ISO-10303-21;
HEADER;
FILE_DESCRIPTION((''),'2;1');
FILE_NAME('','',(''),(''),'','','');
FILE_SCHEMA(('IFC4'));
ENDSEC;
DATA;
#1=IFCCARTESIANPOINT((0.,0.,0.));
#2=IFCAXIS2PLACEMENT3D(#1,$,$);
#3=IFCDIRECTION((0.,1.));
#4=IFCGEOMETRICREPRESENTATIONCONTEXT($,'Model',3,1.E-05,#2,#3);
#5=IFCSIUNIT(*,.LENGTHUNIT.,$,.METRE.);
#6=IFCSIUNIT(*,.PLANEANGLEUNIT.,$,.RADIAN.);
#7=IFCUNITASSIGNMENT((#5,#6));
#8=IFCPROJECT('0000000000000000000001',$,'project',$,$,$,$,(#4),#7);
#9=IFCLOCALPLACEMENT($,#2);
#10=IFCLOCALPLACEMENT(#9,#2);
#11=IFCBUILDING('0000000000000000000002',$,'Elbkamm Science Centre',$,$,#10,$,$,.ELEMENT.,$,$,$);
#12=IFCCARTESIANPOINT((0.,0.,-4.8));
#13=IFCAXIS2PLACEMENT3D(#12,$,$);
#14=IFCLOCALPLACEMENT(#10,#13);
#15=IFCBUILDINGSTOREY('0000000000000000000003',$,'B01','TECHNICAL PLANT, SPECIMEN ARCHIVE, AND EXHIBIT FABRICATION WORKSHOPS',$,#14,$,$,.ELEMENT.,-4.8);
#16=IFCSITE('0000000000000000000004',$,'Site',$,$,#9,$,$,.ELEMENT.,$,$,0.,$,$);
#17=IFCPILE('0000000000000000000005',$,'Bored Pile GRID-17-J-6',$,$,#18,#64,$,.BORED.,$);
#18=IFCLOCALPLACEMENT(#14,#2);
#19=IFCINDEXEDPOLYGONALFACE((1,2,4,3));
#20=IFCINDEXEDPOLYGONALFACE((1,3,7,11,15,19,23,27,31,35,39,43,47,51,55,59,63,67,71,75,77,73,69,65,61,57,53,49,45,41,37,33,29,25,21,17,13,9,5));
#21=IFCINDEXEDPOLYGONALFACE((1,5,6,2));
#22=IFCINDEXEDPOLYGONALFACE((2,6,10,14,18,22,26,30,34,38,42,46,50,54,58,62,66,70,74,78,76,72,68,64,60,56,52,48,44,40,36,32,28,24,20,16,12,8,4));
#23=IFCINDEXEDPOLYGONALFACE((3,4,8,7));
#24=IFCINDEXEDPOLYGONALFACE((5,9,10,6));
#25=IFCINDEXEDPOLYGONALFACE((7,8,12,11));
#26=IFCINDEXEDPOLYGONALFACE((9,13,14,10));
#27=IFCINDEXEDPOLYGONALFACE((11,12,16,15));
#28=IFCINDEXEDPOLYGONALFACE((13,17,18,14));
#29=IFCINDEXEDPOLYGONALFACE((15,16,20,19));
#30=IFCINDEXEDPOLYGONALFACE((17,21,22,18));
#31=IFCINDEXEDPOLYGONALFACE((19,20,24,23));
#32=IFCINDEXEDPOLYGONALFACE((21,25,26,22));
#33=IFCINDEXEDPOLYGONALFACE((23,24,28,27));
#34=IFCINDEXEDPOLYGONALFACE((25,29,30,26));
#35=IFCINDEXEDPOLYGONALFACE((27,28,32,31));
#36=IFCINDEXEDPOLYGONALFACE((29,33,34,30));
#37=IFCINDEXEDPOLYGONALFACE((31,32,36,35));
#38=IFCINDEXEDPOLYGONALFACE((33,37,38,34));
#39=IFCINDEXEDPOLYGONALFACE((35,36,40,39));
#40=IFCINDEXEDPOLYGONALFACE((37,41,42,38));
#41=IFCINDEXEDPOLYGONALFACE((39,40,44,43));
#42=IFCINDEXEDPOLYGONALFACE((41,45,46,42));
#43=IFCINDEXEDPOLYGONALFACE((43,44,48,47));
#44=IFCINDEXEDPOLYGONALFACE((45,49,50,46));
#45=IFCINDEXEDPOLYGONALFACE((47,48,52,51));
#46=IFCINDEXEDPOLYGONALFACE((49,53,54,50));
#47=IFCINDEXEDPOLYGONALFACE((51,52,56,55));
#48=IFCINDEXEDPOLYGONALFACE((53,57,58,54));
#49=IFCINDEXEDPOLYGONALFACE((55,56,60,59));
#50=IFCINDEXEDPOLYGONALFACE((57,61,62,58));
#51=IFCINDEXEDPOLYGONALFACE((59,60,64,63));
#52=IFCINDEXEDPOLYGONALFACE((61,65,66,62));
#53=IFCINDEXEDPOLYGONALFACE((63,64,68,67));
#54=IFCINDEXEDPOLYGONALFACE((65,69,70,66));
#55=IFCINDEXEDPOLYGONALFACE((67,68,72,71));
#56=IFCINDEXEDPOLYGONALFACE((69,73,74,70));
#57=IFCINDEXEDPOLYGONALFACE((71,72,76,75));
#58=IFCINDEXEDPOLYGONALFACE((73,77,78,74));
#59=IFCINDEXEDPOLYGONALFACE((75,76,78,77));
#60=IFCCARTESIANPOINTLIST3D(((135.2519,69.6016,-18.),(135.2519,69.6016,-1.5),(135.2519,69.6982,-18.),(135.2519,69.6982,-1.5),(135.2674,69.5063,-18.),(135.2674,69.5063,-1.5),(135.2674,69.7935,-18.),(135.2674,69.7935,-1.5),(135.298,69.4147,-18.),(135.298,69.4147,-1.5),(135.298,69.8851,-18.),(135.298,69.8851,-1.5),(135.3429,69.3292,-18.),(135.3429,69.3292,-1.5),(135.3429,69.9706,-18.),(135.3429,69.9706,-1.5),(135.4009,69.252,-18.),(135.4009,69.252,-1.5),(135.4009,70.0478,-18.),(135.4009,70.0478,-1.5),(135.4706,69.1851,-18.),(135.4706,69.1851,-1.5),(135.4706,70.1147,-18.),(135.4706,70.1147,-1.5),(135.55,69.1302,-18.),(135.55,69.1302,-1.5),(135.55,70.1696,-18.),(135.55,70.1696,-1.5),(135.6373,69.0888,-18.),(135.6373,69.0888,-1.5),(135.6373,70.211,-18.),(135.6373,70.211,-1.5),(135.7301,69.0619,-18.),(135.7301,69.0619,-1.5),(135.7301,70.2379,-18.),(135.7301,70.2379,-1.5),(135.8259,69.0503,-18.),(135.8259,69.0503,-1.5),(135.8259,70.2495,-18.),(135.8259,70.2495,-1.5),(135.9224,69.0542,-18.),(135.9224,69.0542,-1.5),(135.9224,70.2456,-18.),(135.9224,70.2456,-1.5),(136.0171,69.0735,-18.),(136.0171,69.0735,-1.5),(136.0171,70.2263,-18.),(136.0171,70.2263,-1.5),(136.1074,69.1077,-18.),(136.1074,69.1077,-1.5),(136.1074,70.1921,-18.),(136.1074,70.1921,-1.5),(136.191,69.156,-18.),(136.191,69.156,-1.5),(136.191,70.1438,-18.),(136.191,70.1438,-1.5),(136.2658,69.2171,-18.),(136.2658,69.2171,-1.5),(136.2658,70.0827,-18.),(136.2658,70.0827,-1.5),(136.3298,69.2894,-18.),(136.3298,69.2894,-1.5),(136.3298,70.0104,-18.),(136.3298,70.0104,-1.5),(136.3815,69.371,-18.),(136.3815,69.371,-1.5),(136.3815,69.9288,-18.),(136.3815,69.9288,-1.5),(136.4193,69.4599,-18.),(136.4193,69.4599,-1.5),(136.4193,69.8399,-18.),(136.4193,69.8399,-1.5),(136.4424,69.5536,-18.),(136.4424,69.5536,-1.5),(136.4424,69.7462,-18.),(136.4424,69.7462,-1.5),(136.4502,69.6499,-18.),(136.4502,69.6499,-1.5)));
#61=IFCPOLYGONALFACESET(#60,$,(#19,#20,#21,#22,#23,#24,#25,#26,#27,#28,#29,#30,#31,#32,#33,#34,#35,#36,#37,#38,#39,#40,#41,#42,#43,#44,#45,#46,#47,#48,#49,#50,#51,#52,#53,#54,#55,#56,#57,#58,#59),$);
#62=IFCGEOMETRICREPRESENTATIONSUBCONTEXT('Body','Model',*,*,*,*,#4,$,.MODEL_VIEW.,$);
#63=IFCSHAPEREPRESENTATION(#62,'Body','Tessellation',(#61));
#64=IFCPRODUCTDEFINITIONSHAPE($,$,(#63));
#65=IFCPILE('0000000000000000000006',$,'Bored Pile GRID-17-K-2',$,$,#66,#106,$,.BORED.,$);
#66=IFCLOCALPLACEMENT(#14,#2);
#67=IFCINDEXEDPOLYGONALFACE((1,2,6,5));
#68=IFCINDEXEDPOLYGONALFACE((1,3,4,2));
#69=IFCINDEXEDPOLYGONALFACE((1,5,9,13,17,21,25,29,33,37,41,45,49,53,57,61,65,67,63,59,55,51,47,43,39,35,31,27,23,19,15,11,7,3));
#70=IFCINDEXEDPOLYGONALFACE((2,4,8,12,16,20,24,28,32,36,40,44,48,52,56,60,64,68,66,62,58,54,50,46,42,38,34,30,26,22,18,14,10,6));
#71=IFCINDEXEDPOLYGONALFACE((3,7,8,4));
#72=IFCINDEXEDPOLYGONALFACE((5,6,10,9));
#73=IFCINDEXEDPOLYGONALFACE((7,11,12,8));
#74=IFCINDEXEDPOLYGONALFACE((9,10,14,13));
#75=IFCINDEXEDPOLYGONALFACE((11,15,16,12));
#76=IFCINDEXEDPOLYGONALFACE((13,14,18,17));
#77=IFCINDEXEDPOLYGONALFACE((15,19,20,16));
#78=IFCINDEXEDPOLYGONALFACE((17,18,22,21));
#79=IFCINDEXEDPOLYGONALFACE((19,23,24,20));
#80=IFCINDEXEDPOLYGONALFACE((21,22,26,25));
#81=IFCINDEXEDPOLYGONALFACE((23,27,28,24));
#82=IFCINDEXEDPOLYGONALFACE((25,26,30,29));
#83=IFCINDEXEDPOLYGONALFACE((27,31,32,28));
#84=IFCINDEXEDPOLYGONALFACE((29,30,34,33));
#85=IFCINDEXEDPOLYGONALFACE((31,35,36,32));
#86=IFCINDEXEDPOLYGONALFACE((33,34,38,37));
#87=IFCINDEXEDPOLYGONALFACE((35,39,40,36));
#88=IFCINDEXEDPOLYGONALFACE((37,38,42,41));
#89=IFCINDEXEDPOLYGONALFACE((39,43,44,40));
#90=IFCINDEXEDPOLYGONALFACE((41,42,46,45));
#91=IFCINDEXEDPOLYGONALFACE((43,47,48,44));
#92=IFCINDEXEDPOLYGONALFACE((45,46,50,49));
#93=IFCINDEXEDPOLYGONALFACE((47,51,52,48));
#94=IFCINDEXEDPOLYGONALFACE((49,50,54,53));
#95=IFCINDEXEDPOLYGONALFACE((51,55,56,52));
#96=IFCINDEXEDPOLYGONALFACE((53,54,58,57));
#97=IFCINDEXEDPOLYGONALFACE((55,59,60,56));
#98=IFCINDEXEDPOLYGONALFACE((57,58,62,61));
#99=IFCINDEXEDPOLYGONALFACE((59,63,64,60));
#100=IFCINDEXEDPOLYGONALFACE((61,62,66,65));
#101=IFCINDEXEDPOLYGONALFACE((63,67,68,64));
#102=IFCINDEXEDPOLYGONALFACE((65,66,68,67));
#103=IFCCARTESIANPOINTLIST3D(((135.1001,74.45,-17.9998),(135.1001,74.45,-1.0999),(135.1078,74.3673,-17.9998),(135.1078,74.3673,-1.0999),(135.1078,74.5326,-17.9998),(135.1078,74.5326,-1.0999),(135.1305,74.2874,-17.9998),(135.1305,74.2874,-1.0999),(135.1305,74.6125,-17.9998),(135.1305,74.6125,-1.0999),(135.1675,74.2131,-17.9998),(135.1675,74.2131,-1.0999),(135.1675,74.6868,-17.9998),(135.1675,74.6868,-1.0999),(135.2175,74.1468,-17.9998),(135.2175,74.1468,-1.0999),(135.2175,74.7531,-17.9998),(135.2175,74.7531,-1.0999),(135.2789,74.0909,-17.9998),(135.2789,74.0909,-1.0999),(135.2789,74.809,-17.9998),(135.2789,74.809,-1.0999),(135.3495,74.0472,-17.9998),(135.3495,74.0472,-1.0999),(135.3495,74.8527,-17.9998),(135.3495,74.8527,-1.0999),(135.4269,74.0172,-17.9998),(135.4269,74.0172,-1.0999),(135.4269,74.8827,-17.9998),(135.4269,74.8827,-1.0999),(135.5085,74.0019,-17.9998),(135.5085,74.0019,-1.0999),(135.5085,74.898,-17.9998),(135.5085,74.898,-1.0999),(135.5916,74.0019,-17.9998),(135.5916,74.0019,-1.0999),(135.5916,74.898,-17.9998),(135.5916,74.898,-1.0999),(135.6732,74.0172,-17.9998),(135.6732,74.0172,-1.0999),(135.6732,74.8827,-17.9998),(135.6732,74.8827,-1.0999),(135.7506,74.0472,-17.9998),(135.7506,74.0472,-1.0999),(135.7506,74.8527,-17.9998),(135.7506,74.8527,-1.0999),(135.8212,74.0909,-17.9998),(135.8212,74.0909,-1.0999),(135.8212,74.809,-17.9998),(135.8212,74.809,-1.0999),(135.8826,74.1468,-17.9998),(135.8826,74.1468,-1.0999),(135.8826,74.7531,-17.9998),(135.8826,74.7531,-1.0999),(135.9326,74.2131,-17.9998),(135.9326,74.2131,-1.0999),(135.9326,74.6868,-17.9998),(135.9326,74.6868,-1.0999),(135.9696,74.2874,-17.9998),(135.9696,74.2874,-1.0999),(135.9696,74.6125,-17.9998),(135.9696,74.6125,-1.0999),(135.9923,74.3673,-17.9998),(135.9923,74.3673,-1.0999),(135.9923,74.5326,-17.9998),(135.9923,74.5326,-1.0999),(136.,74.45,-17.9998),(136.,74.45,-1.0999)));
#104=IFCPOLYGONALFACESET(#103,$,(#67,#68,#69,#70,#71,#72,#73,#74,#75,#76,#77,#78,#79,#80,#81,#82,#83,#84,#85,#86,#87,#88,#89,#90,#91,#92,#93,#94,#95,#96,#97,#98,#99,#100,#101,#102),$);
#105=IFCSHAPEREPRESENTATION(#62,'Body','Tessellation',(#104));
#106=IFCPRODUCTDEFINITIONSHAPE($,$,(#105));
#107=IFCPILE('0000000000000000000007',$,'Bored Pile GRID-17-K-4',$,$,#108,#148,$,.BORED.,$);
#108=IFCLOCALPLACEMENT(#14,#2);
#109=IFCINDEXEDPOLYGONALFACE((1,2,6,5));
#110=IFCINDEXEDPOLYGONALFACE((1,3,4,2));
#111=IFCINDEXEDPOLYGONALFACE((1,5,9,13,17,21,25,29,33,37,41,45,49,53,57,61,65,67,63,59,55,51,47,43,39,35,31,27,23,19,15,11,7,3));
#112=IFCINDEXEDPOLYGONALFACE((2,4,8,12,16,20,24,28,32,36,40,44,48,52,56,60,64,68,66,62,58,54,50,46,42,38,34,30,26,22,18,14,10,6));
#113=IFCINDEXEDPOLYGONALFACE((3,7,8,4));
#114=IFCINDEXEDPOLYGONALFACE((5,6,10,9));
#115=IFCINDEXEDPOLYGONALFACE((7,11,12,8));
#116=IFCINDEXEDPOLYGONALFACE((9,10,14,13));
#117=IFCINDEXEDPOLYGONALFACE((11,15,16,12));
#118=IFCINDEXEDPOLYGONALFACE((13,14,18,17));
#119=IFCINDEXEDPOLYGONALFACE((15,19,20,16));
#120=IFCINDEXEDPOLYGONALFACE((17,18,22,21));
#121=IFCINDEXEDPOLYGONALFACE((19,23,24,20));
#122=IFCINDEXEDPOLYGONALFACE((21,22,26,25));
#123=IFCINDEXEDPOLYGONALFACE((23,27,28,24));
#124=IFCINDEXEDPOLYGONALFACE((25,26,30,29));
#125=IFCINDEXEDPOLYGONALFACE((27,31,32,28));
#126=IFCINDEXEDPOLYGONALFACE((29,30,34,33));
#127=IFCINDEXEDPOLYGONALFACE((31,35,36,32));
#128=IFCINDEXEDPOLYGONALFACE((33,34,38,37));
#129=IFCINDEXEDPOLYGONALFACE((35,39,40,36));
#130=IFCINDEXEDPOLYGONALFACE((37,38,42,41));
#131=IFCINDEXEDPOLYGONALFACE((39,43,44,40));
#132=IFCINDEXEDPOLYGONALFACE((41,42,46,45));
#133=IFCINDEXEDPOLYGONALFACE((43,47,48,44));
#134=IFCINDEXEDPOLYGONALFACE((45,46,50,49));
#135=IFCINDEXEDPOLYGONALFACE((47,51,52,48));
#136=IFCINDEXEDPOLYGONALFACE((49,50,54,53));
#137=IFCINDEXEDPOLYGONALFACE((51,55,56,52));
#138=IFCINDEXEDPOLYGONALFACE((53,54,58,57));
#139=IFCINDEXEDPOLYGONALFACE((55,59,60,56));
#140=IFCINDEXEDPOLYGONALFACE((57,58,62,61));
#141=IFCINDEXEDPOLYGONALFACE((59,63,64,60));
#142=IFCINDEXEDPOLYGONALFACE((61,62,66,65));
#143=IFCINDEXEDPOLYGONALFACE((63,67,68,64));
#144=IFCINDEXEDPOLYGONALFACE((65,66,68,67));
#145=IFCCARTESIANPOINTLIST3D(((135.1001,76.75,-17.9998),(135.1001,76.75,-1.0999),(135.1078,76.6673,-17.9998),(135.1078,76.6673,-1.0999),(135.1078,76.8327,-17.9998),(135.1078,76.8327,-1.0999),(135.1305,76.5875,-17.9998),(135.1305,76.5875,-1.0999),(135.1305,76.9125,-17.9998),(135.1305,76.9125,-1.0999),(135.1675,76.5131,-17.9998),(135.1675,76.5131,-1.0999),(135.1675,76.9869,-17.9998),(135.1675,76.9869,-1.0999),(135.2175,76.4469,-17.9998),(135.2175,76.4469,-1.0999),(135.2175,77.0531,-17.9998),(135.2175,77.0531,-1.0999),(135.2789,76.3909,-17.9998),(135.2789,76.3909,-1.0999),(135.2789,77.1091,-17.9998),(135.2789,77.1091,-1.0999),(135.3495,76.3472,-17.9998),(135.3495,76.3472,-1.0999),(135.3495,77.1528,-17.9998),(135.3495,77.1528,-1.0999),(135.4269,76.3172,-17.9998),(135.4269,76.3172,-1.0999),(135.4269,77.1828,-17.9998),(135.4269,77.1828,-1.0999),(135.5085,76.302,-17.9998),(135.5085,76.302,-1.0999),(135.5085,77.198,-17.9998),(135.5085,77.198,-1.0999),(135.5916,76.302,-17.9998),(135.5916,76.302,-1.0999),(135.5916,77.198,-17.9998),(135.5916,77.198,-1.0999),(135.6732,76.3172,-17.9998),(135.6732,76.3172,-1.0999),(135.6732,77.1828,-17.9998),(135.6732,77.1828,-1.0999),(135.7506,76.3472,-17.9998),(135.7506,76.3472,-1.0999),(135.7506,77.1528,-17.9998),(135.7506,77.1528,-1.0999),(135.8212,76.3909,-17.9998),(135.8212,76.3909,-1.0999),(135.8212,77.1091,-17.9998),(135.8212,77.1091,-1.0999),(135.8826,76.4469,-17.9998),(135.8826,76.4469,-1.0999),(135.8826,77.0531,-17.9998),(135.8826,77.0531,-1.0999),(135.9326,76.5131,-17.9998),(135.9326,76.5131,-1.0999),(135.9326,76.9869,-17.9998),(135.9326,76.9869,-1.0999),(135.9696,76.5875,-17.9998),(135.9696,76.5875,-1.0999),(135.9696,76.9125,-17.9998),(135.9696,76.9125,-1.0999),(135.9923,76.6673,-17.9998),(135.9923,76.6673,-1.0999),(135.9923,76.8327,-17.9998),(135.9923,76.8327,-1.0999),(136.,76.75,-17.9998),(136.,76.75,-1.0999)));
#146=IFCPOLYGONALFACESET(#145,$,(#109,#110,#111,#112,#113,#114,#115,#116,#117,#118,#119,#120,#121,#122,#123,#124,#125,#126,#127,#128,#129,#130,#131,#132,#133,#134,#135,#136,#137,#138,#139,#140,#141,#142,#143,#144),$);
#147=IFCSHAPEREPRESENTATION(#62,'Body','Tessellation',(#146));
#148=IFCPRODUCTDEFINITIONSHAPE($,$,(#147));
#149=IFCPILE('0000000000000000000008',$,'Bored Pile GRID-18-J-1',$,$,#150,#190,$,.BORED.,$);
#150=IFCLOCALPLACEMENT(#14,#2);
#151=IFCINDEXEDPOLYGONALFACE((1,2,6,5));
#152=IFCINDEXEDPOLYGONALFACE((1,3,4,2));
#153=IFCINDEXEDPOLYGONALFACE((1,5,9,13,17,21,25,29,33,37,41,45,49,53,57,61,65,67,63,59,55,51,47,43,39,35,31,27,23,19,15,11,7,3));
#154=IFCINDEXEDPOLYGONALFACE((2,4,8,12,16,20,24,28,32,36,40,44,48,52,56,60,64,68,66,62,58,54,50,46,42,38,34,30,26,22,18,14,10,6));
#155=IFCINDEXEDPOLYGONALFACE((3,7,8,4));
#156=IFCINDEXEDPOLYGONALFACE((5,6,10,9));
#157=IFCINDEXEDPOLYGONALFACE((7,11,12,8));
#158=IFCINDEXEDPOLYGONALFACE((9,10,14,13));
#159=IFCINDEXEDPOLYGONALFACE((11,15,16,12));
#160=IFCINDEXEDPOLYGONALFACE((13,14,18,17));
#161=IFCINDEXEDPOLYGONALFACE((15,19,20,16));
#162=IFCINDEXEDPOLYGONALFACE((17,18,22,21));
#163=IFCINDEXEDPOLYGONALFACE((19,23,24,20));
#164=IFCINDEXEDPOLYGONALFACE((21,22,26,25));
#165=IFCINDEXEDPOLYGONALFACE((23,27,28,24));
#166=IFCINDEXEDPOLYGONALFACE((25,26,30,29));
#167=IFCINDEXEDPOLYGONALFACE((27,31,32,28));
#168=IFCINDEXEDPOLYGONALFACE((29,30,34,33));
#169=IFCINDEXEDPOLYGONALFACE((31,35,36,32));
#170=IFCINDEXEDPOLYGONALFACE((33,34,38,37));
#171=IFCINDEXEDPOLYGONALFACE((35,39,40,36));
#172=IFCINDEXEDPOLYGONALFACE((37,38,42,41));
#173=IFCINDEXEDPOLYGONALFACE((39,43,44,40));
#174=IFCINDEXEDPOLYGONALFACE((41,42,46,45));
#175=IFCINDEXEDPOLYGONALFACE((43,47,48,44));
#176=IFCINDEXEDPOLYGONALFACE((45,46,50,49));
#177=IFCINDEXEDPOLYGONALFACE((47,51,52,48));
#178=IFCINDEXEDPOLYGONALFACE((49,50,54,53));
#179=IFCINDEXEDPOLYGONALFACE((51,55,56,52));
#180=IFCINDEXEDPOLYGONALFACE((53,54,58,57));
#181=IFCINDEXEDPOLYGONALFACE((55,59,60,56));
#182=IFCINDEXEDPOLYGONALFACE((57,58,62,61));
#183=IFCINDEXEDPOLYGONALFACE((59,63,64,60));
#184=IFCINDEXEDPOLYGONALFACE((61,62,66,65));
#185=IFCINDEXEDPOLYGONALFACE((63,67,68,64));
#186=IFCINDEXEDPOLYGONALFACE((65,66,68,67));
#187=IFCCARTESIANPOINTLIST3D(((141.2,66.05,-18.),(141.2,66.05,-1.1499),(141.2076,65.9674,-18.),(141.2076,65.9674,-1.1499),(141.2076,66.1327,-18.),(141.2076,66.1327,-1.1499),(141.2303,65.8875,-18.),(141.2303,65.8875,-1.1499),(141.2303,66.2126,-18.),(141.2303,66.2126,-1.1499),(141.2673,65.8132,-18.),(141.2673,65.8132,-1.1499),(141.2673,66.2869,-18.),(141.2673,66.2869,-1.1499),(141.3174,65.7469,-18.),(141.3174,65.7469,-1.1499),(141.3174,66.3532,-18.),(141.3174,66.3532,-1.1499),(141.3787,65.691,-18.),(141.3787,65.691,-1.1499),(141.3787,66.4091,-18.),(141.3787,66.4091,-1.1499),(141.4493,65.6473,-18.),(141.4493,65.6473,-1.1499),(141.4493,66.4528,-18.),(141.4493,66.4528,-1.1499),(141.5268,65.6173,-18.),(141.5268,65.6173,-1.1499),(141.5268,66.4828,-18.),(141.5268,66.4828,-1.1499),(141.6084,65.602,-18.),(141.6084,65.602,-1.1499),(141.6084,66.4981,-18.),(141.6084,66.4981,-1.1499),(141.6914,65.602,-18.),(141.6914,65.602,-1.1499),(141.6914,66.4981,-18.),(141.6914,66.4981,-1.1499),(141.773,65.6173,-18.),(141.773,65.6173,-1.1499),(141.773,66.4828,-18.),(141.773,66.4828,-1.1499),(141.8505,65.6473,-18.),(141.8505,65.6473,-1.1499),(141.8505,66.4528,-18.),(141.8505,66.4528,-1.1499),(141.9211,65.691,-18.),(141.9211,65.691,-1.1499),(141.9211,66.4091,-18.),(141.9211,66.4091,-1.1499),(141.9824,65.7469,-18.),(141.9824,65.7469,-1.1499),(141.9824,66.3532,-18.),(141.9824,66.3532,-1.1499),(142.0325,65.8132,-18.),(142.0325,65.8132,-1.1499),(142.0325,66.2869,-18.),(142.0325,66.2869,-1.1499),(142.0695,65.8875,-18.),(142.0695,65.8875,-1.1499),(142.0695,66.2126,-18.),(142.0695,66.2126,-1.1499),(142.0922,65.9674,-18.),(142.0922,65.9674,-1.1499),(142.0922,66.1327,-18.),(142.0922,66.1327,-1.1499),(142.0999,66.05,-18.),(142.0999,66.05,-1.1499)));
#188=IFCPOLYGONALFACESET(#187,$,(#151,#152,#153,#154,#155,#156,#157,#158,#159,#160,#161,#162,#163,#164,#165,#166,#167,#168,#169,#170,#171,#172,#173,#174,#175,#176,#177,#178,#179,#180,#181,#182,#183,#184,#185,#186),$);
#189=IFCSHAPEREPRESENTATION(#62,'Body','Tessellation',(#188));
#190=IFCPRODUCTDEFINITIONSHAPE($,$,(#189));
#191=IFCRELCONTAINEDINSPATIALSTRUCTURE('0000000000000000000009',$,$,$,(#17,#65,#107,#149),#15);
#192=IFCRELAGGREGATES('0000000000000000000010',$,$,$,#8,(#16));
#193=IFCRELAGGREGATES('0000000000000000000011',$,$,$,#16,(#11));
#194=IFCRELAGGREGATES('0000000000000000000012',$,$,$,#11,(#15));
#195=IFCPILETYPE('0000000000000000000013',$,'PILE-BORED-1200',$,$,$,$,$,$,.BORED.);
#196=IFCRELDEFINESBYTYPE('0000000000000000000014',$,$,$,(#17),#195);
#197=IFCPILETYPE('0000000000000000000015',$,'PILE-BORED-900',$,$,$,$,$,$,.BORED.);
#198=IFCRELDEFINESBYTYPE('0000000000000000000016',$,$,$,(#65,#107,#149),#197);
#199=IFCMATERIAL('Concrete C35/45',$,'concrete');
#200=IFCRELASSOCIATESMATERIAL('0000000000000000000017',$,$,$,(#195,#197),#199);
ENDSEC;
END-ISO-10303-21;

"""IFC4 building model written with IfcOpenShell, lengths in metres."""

from ifc_helpers import new_model, si_unit, direction, frame, origin, origin_2d, place, context, subcontext, project, spatial, circle, extrude, material, material_profile, profile_set, type_object, element, save


model = new_model("IFC4")

# Units and contexts
model_context = context("Model", 3, precision=1e-05, world=origin(), true_north=direction((0.0, 1.0)))
body_context = subcontext(model_context, "Body", "Model", "MODEL_VIEW")
ifc_project = project(units=[si_unit("LENGTHUNIT", "METRE"), si_unit("PLANEANGLEUNIT", "RADIAN")], contexts=[model_context])

# Site, building, storey
site_placement = place(None, origin())
site = spatial("IfcSite", under=ifc_project, at=site_placement, Name="Site", CompositionType="ELEMENT", RefElevation=0.0)
building_placement = place(site_placement, origin())
building = spatial("IfcBuilding", under=site, at=building_placement, Name="Elbkamm Science Centre", CompositionType="ELEMENT")
storey_placement = place(building_placement, frame((0.0, 0.0, -4.8)))
storey = spatial("IfcBuildingStorey", under=building, at=storey_placement, Name="B01", Description="TECHNICAL PLANT, SPECIMEN ARCHIVE, AND EXHIBIT FABRICATION WORKSHOPS", CompositionType="ELEMENT", Elevation=-4.8)

# Shared definitions
ifc_material_1 = material(Name="Concrete C35/45", Category="concrete")

# Piles
ifc_material_profile_1 = material_profile(ifc_material_1, circle(Radius=0.6001, at=origin_2d()), Name="PILE D1200")
ifc_profile_set_1 = profile_set([ifc_material_profile_1], Name="Concrete C35/45")
pile_type_1 = type_object("IfcPileType", Name="PILE-BORED-1200", PredefinedType="BORED", material=ifc_profile_set_1)
for number, where, z_axis, x_axis, name in (
    (1, (135.8501, 69.6499, -1.5), (0.0, 0.0, -1.0), (1.0, 0.0, 0.0), "Bored Pile GRID-17-J-6"),
):
    element("IfcPile", number, at=place(storey_placement, frame(where, z_axis=z_axis, x_axis=x_axis)), inside=storey, type_object=pile_type_1, Name=name, PredefinedType="BORED", context=body_context, shape_type="SweptSolid", body=[
        extrude(circle(Radius=0.6001, at=origin_2d()), origin(), (0.0, 0.0, 1.0), 16.5),
    ])
ifc_material_profile_2 = material_profile(ifc_material_1, circle(Radius=0.45, at=origin_2d()), Name="PILE D900")
ifc_profile_set_2 = profile_set([ifc_material_profile_2], Name="Concrete C35/45")
pile_type_2 = type_object("IfcPileType", Name="PILE-BORED-900", PredefinedType="BORED", material=ifc_profile_set_2)
for number, where, z_axis, x_axis, name in (
    (2, (135.55, 74.45, -1.0999), (0.0, 0.0, -1.0), (1.0, 0.0, 0.0), "Bored Pile GRID-17-K-2"),
    (3, (135.55, 76.75, -1.0999), (0.0, 0.0, -1.0), (1.0, 0.0, 0.0), "Bored Pile GRID-17-K-4"),
):
    element("IfcPile", number, at=place(storey_placement, frame(where, z_axis=z_axis, x_axis=x_axis)), inside=storey, type_object=pile_type_2, Name=name, PredefinedType="BORED", context=body_context, shape_type="SweptSolid", body=[
        extrude(circle(Radius=0.45, at=origin_2d()), origin(), (0.0, 0.0, 1.0), 16.8999),
    ])
for number, where, z_axis, x_axis, name in (
    (4, (141.6499, 66.05, -1.1499), (0.0, 0.0, -1.0), (1.0, 0.0, 0.0), "Bored Pile GRID-18-J-1"),
):
    element("IfcPile", number, at=place(storey_placement, frame(where, z_axis=z_axis, x_axis=x_axis)), inside=storey, type_object=pile_type_2, Name=name, PredefinedType="BORED", context=body_context, shape_type="SweptSolid", body=[
        extrude(circle(Radius=0.45, at=origin_2d()), origin(), (0.0, 0.0, 1.0), 16.8501),
    ])

save(model, "model.ifc")
